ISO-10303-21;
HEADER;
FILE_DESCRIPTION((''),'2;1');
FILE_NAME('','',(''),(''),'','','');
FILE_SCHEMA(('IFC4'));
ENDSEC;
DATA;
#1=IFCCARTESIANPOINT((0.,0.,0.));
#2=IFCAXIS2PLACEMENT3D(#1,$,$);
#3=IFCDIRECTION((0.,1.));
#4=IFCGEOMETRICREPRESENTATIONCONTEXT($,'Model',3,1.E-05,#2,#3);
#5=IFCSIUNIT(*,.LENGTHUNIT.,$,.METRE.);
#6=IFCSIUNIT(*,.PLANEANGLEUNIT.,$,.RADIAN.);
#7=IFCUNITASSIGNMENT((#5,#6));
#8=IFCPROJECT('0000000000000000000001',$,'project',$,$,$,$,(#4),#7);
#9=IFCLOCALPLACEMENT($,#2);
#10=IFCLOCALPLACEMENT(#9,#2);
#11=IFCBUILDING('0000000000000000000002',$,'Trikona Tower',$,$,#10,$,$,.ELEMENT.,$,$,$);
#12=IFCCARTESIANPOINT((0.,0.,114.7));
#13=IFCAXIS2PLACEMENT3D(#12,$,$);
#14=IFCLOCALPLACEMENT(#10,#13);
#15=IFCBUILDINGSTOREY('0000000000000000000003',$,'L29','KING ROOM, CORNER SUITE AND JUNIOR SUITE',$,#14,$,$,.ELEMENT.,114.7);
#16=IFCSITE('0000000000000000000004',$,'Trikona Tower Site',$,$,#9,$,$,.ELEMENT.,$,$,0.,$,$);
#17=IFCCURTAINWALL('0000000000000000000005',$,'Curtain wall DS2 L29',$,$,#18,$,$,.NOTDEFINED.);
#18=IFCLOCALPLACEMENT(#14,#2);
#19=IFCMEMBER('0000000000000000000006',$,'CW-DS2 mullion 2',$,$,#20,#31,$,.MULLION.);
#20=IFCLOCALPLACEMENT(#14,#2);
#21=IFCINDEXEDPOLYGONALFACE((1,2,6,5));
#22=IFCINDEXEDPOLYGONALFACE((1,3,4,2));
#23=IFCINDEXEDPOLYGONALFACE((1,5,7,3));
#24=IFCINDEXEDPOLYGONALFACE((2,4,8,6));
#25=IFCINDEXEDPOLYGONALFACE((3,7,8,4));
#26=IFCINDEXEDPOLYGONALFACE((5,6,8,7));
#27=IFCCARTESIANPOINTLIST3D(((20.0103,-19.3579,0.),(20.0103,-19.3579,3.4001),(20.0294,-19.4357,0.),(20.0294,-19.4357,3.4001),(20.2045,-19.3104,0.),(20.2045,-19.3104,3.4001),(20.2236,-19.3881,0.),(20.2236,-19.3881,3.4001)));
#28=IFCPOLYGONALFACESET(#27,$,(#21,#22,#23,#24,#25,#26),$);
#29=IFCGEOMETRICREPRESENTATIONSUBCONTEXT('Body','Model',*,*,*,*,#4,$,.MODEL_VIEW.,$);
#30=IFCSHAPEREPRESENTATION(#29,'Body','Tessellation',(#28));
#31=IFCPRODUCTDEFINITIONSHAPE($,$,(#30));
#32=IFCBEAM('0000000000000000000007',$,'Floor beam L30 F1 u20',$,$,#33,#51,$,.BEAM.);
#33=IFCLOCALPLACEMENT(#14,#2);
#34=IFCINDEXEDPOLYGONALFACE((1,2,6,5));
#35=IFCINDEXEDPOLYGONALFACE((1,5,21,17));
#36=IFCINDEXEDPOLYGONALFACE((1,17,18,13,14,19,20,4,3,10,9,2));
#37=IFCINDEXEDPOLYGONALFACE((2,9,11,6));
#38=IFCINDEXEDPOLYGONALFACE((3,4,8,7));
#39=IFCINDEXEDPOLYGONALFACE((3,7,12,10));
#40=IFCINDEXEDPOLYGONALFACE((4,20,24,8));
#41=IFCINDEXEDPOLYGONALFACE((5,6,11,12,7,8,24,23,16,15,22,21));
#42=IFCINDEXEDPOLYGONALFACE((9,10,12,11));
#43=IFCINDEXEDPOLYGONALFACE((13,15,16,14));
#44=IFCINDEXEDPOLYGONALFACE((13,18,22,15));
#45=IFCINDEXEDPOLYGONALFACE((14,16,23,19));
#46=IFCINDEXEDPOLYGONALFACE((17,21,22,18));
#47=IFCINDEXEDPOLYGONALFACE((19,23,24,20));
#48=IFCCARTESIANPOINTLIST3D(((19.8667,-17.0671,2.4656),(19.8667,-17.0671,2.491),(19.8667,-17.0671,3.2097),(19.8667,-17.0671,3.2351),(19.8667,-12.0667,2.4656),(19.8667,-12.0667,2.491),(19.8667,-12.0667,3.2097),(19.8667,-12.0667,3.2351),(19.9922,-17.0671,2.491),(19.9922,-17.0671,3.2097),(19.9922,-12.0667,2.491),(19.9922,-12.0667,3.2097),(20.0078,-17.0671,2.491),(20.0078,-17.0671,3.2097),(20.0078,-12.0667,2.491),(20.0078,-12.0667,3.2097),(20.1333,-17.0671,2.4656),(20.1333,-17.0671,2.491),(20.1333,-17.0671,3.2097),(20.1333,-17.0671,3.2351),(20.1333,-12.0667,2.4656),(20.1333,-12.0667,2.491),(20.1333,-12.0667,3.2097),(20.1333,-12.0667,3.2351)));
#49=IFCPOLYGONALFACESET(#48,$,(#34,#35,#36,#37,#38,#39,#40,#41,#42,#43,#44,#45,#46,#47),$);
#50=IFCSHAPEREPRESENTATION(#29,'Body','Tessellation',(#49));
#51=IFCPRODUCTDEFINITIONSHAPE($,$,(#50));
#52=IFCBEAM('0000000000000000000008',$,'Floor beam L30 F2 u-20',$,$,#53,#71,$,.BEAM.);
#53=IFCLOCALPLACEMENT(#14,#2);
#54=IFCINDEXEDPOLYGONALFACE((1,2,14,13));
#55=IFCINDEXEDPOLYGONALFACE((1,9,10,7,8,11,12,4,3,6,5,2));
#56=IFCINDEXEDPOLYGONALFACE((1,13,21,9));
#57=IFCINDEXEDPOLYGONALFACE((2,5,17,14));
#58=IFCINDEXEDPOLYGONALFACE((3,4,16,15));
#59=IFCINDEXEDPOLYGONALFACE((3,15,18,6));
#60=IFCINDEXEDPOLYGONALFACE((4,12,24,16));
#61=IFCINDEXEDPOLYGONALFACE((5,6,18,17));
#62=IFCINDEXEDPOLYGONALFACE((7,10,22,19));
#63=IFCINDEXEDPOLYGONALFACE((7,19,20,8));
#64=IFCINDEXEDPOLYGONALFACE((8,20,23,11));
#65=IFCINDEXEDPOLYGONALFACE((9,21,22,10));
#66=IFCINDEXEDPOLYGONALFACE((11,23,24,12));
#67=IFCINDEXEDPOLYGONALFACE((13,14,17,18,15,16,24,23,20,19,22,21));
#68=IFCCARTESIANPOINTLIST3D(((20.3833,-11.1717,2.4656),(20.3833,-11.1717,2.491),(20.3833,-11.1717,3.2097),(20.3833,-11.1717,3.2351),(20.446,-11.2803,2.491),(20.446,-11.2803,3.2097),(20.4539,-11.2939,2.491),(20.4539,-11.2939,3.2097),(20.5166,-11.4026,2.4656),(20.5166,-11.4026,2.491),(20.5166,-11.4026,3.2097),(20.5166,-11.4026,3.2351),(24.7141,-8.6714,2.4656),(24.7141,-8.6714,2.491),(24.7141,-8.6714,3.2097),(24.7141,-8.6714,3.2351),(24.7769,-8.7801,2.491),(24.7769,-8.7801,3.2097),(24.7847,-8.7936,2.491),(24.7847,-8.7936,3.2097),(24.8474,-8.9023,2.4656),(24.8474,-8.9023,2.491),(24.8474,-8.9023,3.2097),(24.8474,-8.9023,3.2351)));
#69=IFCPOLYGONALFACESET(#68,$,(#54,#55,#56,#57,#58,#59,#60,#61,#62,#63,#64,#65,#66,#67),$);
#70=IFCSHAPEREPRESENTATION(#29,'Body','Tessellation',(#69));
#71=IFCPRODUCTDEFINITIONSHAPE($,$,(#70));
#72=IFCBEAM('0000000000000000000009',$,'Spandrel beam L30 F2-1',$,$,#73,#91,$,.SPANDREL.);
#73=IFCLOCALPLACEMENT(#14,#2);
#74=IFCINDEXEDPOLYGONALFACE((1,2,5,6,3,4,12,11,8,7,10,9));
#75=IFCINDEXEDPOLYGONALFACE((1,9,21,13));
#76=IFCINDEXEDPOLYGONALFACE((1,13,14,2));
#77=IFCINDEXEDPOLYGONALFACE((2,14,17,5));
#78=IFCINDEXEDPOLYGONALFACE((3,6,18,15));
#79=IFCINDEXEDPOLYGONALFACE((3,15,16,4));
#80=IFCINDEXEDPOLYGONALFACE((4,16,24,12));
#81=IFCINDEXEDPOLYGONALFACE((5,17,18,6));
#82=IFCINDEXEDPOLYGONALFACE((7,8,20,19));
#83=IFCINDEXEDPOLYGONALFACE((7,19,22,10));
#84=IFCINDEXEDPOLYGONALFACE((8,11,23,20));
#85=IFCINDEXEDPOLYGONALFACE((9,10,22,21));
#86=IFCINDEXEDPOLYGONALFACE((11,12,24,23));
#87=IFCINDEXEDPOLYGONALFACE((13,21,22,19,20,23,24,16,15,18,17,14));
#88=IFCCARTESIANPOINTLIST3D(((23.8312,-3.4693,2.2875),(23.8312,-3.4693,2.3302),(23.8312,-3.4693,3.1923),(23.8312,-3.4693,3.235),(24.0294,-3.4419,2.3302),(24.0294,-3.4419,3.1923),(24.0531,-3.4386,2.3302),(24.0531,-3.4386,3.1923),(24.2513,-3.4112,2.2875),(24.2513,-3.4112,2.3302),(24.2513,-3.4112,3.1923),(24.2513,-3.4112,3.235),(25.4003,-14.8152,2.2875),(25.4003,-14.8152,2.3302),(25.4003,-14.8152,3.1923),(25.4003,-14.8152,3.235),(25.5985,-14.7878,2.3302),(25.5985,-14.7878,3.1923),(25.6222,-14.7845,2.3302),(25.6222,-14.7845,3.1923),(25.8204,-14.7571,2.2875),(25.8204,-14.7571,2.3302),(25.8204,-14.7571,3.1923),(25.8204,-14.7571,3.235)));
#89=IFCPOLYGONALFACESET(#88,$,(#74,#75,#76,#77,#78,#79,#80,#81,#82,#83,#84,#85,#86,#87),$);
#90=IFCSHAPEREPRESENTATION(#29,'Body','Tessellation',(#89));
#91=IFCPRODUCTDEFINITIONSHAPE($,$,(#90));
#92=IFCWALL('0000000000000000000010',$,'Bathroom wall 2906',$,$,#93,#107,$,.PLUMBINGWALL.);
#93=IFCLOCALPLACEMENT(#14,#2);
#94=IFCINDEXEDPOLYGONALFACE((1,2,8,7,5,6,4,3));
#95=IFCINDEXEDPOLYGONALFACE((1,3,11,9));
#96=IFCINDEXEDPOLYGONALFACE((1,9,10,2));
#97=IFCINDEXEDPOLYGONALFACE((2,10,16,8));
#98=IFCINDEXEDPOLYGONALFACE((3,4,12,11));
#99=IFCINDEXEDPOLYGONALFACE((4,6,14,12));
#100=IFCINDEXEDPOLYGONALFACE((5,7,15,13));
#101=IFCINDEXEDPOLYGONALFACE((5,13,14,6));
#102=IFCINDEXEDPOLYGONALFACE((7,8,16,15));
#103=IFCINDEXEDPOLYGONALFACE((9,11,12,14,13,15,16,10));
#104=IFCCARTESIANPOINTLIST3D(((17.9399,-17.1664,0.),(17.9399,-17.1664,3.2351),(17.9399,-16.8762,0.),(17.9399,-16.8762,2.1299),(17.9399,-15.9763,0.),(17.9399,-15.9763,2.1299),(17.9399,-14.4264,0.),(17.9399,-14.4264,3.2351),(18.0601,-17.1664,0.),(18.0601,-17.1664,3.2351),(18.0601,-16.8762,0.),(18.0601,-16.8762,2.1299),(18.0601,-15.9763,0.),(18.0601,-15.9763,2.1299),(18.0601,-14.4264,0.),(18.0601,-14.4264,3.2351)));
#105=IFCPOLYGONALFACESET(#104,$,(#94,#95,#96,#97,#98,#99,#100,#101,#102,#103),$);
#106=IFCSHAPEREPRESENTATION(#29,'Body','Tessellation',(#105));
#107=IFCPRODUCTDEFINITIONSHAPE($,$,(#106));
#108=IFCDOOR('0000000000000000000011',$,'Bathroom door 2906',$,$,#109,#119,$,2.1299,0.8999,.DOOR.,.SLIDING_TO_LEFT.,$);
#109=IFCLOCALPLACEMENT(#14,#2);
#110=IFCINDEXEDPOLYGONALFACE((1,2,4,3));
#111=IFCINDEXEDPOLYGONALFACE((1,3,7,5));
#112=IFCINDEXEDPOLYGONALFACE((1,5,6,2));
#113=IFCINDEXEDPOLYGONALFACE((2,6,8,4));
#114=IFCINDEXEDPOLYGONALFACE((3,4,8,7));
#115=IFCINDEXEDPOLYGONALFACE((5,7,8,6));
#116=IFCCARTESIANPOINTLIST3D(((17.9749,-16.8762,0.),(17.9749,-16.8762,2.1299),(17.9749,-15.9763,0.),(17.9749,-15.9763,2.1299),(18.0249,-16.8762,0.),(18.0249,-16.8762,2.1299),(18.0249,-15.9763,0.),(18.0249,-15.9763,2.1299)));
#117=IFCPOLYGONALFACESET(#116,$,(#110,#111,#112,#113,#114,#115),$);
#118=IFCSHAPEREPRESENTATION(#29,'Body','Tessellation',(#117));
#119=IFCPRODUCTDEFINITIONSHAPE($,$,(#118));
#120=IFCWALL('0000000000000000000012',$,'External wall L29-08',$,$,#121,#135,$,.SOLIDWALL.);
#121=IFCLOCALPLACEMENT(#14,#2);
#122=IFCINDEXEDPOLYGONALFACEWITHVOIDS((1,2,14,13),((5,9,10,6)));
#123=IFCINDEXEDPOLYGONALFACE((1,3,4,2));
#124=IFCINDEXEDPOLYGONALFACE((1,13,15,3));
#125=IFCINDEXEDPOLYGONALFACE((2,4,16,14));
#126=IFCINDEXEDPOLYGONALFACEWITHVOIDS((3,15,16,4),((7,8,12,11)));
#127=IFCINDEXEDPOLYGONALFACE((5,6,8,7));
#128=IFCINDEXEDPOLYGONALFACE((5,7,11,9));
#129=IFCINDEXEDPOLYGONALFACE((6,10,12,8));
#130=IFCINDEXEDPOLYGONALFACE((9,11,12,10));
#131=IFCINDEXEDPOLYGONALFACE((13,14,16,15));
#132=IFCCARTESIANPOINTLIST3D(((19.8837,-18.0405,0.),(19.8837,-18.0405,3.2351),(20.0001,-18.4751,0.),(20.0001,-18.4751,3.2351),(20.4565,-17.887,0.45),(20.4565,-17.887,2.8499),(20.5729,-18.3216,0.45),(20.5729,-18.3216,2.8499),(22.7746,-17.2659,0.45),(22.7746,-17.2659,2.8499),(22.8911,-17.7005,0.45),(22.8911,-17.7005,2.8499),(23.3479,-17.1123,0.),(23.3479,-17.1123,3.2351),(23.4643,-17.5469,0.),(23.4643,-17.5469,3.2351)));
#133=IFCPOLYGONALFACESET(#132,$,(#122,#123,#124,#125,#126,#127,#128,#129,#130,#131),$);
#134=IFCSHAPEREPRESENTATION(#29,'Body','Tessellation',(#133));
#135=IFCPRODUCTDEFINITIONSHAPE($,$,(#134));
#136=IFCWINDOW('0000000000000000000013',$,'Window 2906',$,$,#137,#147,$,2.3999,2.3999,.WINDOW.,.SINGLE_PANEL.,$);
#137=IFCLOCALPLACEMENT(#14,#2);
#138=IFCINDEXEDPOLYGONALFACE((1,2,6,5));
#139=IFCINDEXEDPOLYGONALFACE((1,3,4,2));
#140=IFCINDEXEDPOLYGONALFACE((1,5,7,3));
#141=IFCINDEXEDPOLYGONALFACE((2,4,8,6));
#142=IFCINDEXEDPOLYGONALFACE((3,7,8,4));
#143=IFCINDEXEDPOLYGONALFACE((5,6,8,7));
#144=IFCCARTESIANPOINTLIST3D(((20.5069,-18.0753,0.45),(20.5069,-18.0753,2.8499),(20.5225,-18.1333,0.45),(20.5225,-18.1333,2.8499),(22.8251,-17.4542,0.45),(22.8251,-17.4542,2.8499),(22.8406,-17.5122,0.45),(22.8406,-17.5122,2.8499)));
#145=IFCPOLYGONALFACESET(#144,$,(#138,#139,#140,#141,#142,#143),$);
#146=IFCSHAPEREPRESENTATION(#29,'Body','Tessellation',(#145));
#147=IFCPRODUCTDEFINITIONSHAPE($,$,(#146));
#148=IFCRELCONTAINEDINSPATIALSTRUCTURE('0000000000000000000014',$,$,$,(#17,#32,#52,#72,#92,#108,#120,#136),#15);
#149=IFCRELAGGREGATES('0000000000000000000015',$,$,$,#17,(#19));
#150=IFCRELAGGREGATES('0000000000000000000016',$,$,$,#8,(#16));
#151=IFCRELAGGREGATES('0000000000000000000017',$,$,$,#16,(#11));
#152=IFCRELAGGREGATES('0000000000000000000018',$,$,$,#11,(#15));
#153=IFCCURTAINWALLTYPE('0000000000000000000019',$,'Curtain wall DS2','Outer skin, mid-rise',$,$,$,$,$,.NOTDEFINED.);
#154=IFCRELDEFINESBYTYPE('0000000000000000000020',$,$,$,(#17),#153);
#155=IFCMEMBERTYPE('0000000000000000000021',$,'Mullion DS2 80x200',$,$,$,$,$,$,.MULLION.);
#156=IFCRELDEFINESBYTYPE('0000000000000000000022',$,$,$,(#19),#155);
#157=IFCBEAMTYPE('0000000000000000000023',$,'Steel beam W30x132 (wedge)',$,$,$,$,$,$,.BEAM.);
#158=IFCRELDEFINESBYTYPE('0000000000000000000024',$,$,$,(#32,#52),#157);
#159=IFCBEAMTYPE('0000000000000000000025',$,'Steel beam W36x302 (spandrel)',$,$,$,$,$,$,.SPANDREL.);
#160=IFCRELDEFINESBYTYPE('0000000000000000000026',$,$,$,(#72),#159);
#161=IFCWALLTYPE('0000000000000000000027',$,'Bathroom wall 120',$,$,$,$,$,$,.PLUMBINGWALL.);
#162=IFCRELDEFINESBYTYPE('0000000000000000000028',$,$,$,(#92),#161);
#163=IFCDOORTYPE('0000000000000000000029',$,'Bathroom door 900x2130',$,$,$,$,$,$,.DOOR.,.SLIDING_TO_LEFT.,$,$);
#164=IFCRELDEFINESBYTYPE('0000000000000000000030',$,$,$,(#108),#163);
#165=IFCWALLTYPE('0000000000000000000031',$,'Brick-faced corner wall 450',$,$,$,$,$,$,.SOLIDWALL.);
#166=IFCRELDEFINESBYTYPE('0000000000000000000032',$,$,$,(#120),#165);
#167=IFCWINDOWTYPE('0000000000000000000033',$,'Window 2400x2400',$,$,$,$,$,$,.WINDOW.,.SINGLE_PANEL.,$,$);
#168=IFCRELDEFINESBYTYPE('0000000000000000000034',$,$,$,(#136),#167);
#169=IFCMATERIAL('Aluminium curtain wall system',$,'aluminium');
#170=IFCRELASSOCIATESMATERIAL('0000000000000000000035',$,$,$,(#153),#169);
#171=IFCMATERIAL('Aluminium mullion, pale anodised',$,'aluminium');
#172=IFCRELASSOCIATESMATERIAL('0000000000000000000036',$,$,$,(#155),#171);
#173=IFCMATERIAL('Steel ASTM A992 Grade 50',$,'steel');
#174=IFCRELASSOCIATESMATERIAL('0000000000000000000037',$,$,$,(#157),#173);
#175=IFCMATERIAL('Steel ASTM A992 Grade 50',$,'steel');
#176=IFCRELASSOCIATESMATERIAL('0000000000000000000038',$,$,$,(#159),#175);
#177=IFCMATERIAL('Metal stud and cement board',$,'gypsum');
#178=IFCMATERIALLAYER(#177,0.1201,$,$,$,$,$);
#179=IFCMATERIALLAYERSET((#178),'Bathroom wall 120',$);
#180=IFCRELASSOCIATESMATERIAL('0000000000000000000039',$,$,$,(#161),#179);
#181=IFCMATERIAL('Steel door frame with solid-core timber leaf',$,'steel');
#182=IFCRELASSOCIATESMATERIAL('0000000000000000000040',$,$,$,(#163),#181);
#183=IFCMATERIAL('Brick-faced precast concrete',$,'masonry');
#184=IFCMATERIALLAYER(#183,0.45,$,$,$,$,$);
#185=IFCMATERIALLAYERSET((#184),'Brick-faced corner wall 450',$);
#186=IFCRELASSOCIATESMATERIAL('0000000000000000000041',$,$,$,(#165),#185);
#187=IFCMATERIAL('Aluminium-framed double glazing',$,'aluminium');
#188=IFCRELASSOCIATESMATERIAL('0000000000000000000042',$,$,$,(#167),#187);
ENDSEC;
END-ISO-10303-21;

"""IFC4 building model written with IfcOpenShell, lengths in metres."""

from ifc_helpers import new_model, si_unit, direction, frame, frame_2d, origin, origin_2d, place, context, subcontext, project, spatial, rectangle, i_section, extrude, material, layer, layer_set, material_profile, profile_set, type_object, element, fill, aggregate, save


model = new_model("IFC4")

# Units and contexts
model_context = context("Model", 3, precision=1e-05, world=origin(), true_north=direction((0.0, 1.0)))
body_context = subcontext(model_context, "Body", "Model", "MODEL_VIEW")
ifc_project = project(units=[si_unit("LENGTHUNIT", "METRE"), si_unit("PLANEANGLEUNIT", "RADIAN")], contexts=[model_context])

# Site, building, storey
site_placement = place(None, origin())
site = spatial("IfcSite", under=ifc_project, at=site_placement, Name="Trikona Tower Site", CompositionType="ELEMENT", RefElevation=0.0)
building_placement = place(site_placement, origin())
building = spatial("IfcBuilding", under=site, at=building_placement, Name="Trikona Tower", CompositionType="ELEMENT")
storey_placement = place(building_placement, frame((0.0, 0.0, 114.7)))
storey = spatial("IfcBuildingStorey", under=building, at=storey_placement, Name="L29", Description="KING ROOM, CORNER SUITE AND JUNIOR SUITE", CompositionType="ELEMENT", Elevation=114.7)

# Curtain wall, member
ifc_material_1 = material(Name="Aluminium curtain wall system", Category="aluminium")
curtain_wall_type = type_object("IfcCurtainWallType", Name="Curtain wall DS2", Description="Outer skin, mid-rise", PredefinedType="NOTDEFINED", material=ifc_material_1)
curtain_wall_placement = place(storey_placement, origin())
curtain_wall = element("IfcCurtainWall", 1, at=curtain_wall_placement, inside=storey, type_object=curtain_wall_type, Name="Curtain wall DS2 L29", PredefinedType="NOTDEFINED")
ifc_material_2 = material(Name="Aluminium mullion, pale anodised", Category="aluminium")
ifc_material_profile_1 = material_profile(ifc_material_2, rectangle(XDim=0.0801, YDim=0.2, at=origin_2d()), Name="MUL-DS2")
ifc_profile_set_1 = profile_set([ifc_material_profile_1], Name="Aluminium mullion, pale anodised")
member_type = type_object("IfcMemberType", Name="Mullion DS2 80x200", PredefinedType="MULLION", material=ifc_profile_set_1)
member_placement = place(storey_placement, frame((20.1169, -19.373, 0.0), z_axis=(0.0, 0.0, 1.0), x_axis=(-0.23797, 0.971272, 0.0)))
member = element("IfcMember", 2, at=member_placement, type_object=member_type, Name="CW-DS2 mullion 2", PredefinedType="MULLION", context=body_context, shape_type="SweptSolid", body=[
    extrude(rectangle(XDim=0.0801, YDim=0.2, at=origin_2d()), origin(), (0.0, 0.0, 1.0), 3.4001),
])
aggregate(curtain_wall, [member])

# Beams
ifc_material_3 = material(Name="Steel ASTM A992 Grade 50", Category="steel")
ifc_material_profile_2 = material_profile(ifc_material_3, i_section(OverallWidth=0.2666, OverallDepth=0.7695, WebThickness=0.0156, FlangeThickness=0.0254, at=origin_2d()), Name="W30X132")
ifc_profile_set_2 = profile_set([ifc_material_profile_2], Name="Steel ASTM A992 Grade 50")
beam_type_1 = type_object("IfcBeamType", Name="Steel beam W30x132 (wedge)", PredefinedType="BEAM", material=ifc_profile_set_2)
beam_1_placement = place(storey_placement, frame((20.0, -12.0667, 2.8503), z_axis=(0.0, -1.0, 0.0), x_axis=(1.0, 0.0, 0.0)))
element("IfcBeam", 3, at=beam_1_placement, inside=storey, type_object=beam_type_1, Name="Floor beam L30 F1 u20", PredefinedType="BEAM", context=body_context, shape_type="SweptSolid", body=[
    extrude(i_section(OverallWidth=0.2666, OverallDepth=0.7695, WebThickness=0.0156, FlangeThickness=0.0254, at=origin_2d()), origin(), (0.0, 0.0, 1.0), 5.0005),
])
beam_2_placement = place(storey_placement, frame((20.45, -11.2871, 2.8503), z_axis=(0.866038, 0.499977, 0.0), x_axis=(-0.499977, 0.866038, 0.0)))
element("IfcBeam", 4, at=beam_2_placement, inside=storey, type_object=beam_type_1, Name="Floor beam L30 F2 u-20", PredefinedType="BEAM", context=body_context, shape_type="SweptSolid", body=[
    extrude(i_section(OverallWidth=0.2666, OverallDepth=0.7695, WebThickness=0.0156, FlangeThickness=0.0254, at=origin_2d()), origin(), (0.0, 0.0, 1.0), 5.0007),
])
ifc_material_4 = material(Name="Steel ASTM A992 Grade 50", Category="steel")
ifc_material_profile_3 = material_profile(ifc_material_4, i_section(OverallWidth=0.4241, OverallDepth=0.9475, WebThickness=0.0239, FlangeThickness=0.0427, at=origin_2d()), Name="W36X302")
ifc_profile_set_3 = profile_set([ifc_material_profile_3], Name="Steel ASTM A992 Grade 50")
beam_type_2 = type_object("IfcBeamType", Name="Steel beam W36x302 (spandrel)", PredefinedType="SPANDREL", material=ifc_profile_set_3)
beam_3_placement = place(storey_placement, frame((25.6104, -14.7861, 2.7612), z_axis=(-0.136992, 0.990572, 0.0), x_axis=(-0.990572, -0.136992, 0.0)))
element("IfcBeam", 5, at=beam_3_placement, inside=storey, type_object=beam_type_2, Name="Spandrel beam L30 F2-1", PredefinedType="SPANDREL", context=body_context, shape_type="SweptSolid", body=[
    extrude(i_section(OverallWidth=0.4241, OverallDepth=0.9475, WebThickness=0.0239, FlangeThickness=0.0427, at=origin_2d()), origin(), (0.0, 0.0, 1.0), 11.4539),
])

# Wall, opening, door
ifc_material_5 = material(Name="Metal stud and cement board", Category="gypsum")
ifc_layer_1 = layer(ifc_material_5, 0.1201)
ifc_layer_set_1 = layer_set([ifc_layer_1], Name="Bathroom wall 120")
wall_type_1 = type_object("IfcWallType", Name="Bathroom wall 120", PredefinedType="PLUMBINGWALL", material=ifc_layer_set_1)
wall_1_placement = place(storey_placement, frame((18.0, -14.4263, 0.0), z_axis=(0.0, 0.0, 1.0), x_axis=(0.0, -1.0, 0.0)))
wall_1 = element("IfcWall", 6, at=wall_1_placement, inside=storey, type_object=wall_type_1, Name="Bathroom wall 2906", PredefinedType="PLUMBINGWALL", context=body_context, shape_type="SweptSolid", body=[
    extrude(rectangle(XDim=2.74, YDim=0.1201, at=frame_2d((1.3701, 0.0))), origin(), (0.0, 0.0, 1.0), 3.2351),
])
opening_1_placement = place(wall_1_placement, frame((1.55, 0.0, 0.0)))
opening_1 = element("IfcOpeningElement", 7, at=opening_1_placement, cuts=wall_1, PredefinedType="OPENING", context=body_context, shape_type="SweptSolid", body=[
    extrude(rectangle(XDim=0.8999, YDim=2.1299, at=frame_2d((0.45, 1.0649))), frame((0.0, 0.0701, 0.0), z_axis=(0.0, -1.0, 0.0), x_axis=(1.0, 0.0, 0.0)), (0.0, 0.0, 1.0), 0.1401),
])
ifc_material_6 = material(Name="Steel door frame with solid-core timber leaf", Category="steel")
door_type_1 = type_object("IfcDoorType", Name="Bathroom door 900x2130", OperationType="SLIDING_TO_LEFT", PredefinedType="DOOR", material=ifc_material_6)
door_1_placement = place(opening_1_placement, origin())
door_1 = element("IfcDoor", 8, at=door_1_placement, inside=storey, type_object=door_type_1, Name="Bathroom door 2906", OperationType="SLIDING_TO_LEFT", OverallHeight=2.1299, OverallWidth=0.8999, PredefinedType="DOOR", context=body_context, shape_type="SweptSolid", body=[
    extrude(rectangle(XDim=0.8999, YDim=2.1299, at=frame_2d((0.45, 1.0649))), frame((0.0, 0.0249, 0.0), z_axis=(0.0, -1.0, 0.0), x_axis=(1.0, 0.0, 0.0)), (0.0, 0.0, 1.0), 0.05),
])
fill(opening_1, door_1)

# Wall, opening, window
ifc_material_7 = material(Name="Brick-faced precast concrete", Category="masonry")
ifc_layer_2 = layer(ifc_material_7, 0.45)
ifc_layer_set_2 = layer_set([ifc_layer_2], Name="Brick-faced corner wall 450")
wall_type_2 = type_object("IfcWallType", Name="Brick-faced corner wall 450", PredefinedType="SOLIDWALL", material=ifc_layer_set_2)
wall_2_placement = place(storey_placement, frame((19.9419, -18.2578, 0.0), z_axis=(0.0, 0.0, 1.0), x_axis=(0.965925, 0.258823, 0.0)))
wall_2 = element("IfcWall", 9, at=wall_2_placement, inside=storey, type_object=wall_type_2, Name="External wall L29-08", PredefinedType="SOLIDWALL", context=body_context, shape_type="SweptSolid", body=[
    extrude(rectangle(XDim=3.5864, YDim=0.45, at=frame_2d((1.7932, 0.0))), origin(), (0.0, 0.0, 1.0), 3.2351),
])
opening_2_placement = place(wall_2_placement, frame((0.593, 0.0, 0.45)))
opening_2 = element("IfcOpeningElement", 10, at=opening_2_placement, cuts=wall_2, PredefinedType="OPENING", context=body_context, shape_type="SweptSolid", body=[
    extrude(rectangle(XDim=2.3999, YDim=2.3999, at=frame_2d((1.2, 1.2))), frame((0.0, 0.2349, 0.0), z_axis=(0.0, -1.0, 0.0), x_axis=(1.0, 0.0, 0.0)), (0.0, 0.0, 1.0), 0.47),
])
ifc_material_8 = material(Name="Aluminium-framed double glazing", Category="aluminium")
window_type_1 = type_object("IfcWindowType", Name="Window 2400x2400", PartitioningType="SINGLE_PANEL", PredefinedType="WINDOW", material=ifc_material_8)
window_1_placement = place(opening_2_placement, origin())
window_1 = element("IfcWindow", 11, at=window_1_placement, inside=storey, type_object=window_type_1, Name="Window 2906", OverallHeight=2.3999, OverallWidth=2.3999, PartitioningType="SINGLE_PANEL", PredefinedType="WINDOW", context=body_context, shape_type="SweptSolid", body=[
    extrude(rectangle(XDim=2.3999, YDim=2.3999, at=frame_2d((1.2, 1.2))), frame((0.0, 0.03, 0.0), z_axis=(0.0, -1.0, 0.0), x_axis=(1.0, 0.0, 0.0)), (0.0, 0.0, 1.0), 0.0601),
])
fill(opening_2, window_1)

save(model, "model.ifc")
